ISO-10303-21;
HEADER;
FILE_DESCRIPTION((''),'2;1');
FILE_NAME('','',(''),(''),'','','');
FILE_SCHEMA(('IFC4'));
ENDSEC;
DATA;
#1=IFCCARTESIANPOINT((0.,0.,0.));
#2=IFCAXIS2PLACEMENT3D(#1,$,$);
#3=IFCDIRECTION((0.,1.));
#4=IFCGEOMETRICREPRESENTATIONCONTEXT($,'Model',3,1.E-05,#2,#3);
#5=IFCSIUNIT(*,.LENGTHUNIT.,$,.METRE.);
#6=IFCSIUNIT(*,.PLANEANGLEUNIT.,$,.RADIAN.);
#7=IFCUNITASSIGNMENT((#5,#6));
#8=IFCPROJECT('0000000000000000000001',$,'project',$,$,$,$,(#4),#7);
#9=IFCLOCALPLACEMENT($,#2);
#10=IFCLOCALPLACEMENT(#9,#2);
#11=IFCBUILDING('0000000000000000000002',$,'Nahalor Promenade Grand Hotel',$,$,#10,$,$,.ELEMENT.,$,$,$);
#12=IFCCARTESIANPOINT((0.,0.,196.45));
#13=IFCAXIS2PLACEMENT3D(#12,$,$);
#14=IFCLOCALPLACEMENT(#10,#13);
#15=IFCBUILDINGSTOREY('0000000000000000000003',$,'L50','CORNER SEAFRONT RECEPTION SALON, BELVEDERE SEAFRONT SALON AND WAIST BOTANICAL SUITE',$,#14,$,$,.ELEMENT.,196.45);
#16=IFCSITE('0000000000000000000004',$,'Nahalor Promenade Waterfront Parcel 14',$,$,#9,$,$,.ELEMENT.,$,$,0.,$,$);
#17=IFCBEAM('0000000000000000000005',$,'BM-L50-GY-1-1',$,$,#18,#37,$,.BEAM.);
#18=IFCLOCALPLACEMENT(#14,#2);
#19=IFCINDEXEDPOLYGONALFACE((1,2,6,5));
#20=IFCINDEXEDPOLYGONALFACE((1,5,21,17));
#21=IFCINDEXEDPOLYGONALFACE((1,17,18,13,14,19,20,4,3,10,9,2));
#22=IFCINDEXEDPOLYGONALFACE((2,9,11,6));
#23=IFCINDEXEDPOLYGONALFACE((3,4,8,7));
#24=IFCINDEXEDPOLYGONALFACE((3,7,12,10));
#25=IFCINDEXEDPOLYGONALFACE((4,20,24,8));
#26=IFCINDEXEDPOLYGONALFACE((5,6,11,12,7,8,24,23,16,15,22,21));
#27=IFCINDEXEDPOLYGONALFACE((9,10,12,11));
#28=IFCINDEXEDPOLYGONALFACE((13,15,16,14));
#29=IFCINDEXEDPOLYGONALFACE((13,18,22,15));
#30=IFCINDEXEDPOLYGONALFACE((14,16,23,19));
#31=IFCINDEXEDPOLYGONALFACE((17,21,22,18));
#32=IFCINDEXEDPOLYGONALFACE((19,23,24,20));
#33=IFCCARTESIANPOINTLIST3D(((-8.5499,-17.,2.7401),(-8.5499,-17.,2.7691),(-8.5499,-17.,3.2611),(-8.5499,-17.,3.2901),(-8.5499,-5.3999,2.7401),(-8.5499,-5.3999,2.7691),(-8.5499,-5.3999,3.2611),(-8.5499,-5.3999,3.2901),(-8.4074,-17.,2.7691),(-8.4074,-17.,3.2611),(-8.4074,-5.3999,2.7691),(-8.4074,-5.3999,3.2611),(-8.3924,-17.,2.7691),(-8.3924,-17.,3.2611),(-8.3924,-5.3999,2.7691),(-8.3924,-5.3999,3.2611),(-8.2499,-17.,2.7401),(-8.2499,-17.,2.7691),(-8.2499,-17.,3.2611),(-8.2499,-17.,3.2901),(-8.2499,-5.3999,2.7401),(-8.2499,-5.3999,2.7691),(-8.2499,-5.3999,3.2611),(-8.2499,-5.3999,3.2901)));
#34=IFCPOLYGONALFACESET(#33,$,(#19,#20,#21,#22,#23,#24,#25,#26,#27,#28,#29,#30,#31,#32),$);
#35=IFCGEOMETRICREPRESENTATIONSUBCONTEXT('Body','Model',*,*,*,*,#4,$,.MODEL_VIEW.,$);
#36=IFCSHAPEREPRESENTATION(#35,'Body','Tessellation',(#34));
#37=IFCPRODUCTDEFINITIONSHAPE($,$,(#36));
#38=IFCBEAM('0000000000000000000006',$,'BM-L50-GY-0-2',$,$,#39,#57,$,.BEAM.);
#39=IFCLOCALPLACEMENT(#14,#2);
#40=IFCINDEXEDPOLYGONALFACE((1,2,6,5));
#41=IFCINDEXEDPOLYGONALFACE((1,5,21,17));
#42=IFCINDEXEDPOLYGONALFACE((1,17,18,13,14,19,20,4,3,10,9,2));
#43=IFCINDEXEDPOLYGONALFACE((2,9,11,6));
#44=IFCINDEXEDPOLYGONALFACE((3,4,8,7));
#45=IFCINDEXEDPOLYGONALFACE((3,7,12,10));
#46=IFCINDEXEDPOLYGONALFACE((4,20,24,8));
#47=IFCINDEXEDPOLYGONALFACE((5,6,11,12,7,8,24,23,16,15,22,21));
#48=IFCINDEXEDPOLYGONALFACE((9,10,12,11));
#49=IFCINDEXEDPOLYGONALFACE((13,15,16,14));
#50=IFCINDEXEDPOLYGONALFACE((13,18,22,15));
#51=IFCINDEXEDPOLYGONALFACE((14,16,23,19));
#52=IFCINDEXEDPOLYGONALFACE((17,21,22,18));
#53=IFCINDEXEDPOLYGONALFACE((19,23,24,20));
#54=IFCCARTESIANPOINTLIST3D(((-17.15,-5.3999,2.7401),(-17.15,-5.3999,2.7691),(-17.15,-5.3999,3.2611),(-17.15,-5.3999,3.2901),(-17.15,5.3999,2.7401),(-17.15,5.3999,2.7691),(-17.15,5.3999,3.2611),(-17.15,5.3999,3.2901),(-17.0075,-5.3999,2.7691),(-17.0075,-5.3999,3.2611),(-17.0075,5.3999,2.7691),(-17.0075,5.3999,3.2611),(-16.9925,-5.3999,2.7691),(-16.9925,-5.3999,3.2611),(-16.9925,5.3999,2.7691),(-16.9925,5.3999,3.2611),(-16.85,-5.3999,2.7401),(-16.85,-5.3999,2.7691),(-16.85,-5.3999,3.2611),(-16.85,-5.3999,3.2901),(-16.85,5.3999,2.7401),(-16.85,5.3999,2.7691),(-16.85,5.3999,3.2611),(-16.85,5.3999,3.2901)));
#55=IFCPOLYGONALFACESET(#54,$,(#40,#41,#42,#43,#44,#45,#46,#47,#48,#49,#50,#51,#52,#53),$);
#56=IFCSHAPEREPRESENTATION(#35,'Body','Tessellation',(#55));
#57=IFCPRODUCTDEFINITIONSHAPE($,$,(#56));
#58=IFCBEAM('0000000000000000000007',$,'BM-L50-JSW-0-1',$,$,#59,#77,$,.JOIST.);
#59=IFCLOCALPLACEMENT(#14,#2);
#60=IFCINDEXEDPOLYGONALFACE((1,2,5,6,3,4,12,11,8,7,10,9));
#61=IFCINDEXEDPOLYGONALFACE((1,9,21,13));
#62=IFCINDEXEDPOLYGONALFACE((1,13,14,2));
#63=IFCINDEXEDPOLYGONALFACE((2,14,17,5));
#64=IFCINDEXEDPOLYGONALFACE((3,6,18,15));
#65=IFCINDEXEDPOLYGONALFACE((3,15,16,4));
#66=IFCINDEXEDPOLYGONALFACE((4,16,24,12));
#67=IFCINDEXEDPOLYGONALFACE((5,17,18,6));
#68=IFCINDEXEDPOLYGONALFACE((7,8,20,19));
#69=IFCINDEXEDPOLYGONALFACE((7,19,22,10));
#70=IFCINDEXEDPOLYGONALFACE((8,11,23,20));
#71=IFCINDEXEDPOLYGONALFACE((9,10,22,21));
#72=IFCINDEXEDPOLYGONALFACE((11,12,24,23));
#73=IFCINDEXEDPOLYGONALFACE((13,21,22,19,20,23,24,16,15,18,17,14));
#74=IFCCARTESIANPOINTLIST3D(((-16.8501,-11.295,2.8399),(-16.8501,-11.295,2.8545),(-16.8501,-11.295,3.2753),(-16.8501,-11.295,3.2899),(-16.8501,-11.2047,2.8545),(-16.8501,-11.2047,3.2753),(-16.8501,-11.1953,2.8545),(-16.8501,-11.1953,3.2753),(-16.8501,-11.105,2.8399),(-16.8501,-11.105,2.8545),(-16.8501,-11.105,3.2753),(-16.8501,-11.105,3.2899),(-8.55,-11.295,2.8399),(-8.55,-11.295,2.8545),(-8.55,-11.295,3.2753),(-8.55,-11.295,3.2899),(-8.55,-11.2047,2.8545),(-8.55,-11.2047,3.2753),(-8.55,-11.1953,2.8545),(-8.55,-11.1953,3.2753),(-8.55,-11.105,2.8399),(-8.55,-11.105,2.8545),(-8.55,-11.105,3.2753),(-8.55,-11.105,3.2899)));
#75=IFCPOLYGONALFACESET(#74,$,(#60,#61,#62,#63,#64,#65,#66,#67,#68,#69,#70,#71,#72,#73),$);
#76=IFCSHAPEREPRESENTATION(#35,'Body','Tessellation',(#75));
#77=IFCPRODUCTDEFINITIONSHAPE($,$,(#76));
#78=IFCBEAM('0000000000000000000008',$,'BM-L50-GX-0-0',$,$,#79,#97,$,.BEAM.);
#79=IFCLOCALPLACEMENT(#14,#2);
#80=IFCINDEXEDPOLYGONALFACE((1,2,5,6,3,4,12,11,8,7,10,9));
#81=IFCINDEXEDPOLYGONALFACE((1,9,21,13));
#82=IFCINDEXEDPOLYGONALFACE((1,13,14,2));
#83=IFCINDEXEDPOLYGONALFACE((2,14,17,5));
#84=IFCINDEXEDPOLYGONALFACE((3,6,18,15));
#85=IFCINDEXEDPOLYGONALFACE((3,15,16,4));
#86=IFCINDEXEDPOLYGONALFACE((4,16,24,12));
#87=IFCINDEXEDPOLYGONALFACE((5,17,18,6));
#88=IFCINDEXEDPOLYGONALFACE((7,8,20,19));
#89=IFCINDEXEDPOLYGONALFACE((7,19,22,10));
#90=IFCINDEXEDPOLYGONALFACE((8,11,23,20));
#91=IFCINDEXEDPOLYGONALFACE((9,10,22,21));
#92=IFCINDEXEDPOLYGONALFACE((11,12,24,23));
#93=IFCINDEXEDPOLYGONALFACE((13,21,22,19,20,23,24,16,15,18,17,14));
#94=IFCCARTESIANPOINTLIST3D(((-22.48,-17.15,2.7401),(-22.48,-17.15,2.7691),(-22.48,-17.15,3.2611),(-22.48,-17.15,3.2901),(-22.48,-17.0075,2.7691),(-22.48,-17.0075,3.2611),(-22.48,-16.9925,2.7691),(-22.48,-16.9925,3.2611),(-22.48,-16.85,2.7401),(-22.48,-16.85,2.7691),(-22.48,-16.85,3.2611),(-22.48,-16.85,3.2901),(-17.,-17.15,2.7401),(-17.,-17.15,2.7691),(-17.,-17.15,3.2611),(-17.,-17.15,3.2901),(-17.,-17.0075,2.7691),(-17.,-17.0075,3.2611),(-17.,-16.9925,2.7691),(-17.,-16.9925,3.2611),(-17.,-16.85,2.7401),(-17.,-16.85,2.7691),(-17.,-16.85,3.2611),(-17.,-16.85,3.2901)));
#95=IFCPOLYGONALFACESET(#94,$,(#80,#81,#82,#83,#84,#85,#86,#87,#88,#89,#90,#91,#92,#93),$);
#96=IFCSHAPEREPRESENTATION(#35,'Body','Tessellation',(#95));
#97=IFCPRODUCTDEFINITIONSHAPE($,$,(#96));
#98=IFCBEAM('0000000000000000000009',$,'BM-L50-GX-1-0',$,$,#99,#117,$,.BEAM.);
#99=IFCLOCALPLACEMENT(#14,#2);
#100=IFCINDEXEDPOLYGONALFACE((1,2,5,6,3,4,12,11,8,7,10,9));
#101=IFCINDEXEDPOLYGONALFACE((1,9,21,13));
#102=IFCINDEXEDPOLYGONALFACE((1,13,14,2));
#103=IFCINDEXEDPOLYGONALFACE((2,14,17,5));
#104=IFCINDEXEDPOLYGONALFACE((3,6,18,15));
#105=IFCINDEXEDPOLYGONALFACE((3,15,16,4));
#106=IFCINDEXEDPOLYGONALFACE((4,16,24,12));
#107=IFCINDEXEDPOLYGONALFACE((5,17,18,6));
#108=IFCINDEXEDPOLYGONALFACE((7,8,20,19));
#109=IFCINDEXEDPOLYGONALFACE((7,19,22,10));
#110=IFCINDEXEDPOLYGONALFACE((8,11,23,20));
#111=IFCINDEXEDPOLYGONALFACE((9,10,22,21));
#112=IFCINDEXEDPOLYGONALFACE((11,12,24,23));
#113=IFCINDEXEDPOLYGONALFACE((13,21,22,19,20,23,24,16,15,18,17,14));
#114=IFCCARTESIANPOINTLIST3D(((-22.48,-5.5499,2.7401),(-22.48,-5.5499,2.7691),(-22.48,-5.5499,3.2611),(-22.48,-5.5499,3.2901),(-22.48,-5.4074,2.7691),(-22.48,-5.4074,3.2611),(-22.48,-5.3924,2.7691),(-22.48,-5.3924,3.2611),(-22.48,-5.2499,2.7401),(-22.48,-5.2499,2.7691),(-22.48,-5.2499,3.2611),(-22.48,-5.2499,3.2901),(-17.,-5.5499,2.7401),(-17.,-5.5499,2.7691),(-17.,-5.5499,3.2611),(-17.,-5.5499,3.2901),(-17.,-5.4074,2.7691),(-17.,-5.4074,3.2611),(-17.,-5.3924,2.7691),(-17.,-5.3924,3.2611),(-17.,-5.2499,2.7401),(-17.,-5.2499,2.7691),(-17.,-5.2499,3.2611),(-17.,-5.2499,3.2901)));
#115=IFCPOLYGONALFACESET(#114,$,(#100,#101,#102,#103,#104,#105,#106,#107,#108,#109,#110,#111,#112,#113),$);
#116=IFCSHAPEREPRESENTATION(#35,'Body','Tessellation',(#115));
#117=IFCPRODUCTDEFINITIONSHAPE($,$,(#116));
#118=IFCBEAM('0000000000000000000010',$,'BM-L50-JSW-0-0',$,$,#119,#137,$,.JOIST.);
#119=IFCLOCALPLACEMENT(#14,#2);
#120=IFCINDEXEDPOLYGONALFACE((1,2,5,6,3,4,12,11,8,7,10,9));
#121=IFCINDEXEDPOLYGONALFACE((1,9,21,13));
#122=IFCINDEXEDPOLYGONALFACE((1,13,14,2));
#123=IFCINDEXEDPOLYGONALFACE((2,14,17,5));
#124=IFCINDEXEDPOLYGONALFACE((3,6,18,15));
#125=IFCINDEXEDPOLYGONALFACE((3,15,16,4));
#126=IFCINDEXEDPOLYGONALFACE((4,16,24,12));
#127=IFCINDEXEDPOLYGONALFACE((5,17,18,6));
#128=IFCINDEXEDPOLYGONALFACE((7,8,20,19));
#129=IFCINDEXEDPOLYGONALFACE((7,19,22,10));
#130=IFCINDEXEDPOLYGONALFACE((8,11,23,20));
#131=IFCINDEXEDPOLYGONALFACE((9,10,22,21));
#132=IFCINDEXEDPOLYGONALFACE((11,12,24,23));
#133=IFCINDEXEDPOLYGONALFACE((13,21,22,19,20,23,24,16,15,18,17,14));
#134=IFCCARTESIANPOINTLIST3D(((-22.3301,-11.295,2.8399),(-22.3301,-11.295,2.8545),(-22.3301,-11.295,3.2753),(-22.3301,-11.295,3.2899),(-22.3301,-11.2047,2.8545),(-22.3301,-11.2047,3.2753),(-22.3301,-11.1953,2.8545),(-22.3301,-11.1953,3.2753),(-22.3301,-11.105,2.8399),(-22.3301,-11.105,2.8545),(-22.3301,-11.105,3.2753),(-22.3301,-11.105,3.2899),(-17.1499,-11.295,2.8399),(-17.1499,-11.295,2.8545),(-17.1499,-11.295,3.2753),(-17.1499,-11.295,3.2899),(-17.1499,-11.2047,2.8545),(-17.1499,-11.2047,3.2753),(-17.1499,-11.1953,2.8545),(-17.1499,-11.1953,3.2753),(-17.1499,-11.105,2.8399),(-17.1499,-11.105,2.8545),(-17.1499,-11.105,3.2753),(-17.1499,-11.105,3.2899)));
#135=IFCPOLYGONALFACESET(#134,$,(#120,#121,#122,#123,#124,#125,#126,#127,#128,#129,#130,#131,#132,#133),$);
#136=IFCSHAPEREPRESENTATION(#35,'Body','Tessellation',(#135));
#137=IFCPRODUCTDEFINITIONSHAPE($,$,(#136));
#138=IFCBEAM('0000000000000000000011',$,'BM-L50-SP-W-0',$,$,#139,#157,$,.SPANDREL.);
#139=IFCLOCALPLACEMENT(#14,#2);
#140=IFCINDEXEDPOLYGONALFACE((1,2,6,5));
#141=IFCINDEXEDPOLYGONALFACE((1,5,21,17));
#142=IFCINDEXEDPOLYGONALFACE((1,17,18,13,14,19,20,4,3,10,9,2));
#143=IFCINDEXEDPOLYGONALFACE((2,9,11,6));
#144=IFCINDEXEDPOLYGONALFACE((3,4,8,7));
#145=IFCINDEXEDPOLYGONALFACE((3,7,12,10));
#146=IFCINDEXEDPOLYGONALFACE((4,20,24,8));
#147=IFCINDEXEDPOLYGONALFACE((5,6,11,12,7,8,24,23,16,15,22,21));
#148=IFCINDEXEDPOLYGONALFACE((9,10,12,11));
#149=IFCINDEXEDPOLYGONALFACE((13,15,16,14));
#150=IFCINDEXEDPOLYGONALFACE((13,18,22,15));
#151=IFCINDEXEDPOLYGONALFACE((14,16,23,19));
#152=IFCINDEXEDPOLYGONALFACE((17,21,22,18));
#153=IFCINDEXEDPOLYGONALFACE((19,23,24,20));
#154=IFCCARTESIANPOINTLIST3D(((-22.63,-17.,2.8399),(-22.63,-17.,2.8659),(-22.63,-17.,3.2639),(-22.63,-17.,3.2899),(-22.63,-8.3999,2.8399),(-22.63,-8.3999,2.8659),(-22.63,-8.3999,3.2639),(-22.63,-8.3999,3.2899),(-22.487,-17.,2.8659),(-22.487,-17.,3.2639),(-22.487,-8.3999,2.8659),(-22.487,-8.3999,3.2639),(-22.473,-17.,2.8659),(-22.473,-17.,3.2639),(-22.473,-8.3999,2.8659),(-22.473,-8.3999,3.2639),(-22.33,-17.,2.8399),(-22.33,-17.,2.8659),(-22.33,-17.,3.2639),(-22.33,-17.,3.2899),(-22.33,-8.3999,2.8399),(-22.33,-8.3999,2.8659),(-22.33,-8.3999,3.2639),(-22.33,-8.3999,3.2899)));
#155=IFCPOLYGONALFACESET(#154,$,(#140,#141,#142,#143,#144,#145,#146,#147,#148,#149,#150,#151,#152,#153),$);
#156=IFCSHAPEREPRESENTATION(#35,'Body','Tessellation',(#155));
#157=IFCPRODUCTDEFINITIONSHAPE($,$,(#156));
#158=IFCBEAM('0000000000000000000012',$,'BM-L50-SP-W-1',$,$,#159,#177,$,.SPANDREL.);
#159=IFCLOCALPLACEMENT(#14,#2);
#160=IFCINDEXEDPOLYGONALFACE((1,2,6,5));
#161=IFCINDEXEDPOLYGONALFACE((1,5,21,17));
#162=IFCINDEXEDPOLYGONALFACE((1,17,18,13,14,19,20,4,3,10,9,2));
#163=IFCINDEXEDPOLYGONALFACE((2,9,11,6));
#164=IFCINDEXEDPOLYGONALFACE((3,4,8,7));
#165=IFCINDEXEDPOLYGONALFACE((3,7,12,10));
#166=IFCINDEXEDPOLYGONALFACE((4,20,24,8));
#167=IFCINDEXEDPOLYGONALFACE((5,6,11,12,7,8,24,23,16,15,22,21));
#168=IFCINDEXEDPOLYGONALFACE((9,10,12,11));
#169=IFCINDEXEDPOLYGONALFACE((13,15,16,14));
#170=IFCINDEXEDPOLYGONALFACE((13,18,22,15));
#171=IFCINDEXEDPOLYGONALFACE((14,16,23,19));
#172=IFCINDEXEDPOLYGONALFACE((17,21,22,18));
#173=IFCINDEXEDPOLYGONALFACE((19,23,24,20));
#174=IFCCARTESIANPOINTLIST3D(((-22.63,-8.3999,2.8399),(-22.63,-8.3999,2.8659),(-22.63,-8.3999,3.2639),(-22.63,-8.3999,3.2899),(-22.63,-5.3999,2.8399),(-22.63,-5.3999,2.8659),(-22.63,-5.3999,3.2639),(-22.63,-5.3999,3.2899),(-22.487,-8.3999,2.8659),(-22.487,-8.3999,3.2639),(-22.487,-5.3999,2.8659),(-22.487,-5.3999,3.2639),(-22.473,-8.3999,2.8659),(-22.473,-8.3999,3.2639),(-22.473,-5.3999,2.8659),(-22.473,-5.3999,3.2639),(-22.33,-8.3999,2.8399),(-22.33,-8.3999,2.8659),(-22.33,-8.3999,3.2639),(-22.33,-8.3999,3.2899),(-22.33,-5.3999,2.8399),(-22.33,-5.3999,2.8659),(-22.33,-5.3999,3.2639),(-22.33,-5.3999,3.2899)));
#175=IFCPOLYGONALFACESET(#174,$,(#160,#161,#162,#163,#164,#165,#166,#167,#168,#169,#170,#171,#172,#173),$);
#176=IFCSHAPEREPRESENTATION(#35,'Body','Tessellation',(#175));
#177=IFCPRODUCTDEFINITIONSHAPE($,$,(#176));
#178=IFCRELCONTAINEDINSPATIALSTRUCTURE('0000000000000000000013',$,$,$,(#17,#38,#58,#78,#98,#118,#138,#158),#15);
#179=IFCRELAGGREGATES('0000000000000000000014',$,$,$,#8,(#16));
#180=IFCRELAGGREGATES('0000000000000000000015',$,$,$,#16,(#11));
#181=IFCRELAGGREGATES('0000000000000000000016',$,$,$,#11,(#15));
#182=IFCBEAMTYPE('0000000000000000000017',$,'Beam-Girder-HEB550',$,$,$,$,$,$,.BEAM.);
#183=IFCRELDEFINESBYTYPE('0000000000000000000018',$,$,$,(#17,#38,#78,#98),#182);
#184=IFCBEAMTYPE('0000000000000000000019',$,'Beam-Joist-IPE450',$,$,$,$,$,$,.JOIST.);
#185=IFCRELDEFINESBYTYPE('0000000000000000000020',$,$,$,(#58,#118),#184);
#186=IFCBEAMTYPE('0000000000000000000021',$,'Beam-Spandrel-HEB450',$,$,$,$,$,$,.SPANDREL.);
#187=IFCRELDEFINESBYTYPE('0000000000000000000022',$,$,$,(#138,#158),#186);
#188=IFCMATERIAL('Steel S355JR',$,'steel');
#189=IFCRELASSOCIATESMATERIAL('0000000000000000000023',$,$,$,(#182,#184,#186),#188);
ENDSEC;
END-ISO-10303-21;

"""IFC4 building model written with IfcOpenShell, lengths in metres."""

from ifc_helpers import new_model, si_unit, direction, frame, origin, origin_2d, place, context, subcontext, project, spatial, i_section, extrude, source, transform, mapped, material, material_profile, profile_set, type_object, element, save


model = new_model("IFC4")

# Units and contexts
model_context = context("Model", 3, precision=1e-05, world=origin(), true_north=direction((0.0, 1.0)))
body_context = subcontext(model_context, "Body", "Model", "MODEL_VIEW")
ifc_project = project(units=[si_unit("LENGTHUNIT", "METRE"), si_unit("PLANEANGLEUNIT", "RADIAN")], contexts=[model_context])

# Site, building, storey
site_placement = place(None, origin())
site = spatial("IfcSite", under=ifc_project, at=site_placement, Name="Nahalor Promenade Waterfront Parcel 14", CompositionType="ELEMENT", RefElevation=0.0)
building_placement = place(site_placement, origin())
building = spatial("IfcBuilding", under=site, at=building_placement, Name="Nahalor Promenade Grand Hotel", CompositionType="ELEMENT")
storey_placement = place(building_placement, frame((0.0, 0.0, 196.45)))
storey = spatial("IfcBuildingStorey", under=building, at=storey_placement, Name="L50", Description="CORNER SEAFRONT RECEPTION SALON, BELVEDERE SEAFRONT SALON AND WAIST BOTANICAL SUITE", CompositionType="ELEMENT", Elevation=196.45)

# Beams
ifc_material_1 = material(Name="Steel S355JR", Category="steel")
ifc_material_profile_1 = material_profile(ifc_material_1, i_section(OverallWidth=0.3, OverallDepth=0.55, WebThickness=0.015, FlangeThickness=0.029, at=origin_2d()), Name="HEB 550")
ifc_profile_set_1 = profile_set([ifc_material_profile_1], Name="Steel S355JR")
beam_type_1 = type_object("IfcBeamType", Name="Beam-Girder-HEB550", PredefinedType="BEAM", material=ifc_profile_set_1)
shared_shape_1 = source(origin(), body_context, "Body", "SweptSolid", [
    extrude(i_section(OverallWidth=0.3, OverallDepth=0.55, WebThickness=0.015, FlangeThickness=0.029, at=origin_2d()), origin(), (0.0, 0.0, 1.0), 11.6001),
])
for number, where, z_axis, x_axis, name in (
    (1, (-8.3999, -17.0, 3.0151), (0.0, 1.0, 0.0), (-1.0, 0.0, 0.0), "BM-L50-GY-1-1"),
):
    element("IfcBeam", number, at=place(storey_placement, frame(where, z_axis=z_axis, x_axis=x_axis)), inside=storey, type_object=beam_type_1, Name=name, PredefinedType="BEAM", context=body_context, shape_type="MappedRepresentation", body=[
        mapped(shared_shape_1, transform((0.0, 0.0, 0.0), scale=1.0)),
    ])
shared_shape_2 = source(origin(), body_context, "Body", "SweptSolid", [
    extrude(i_section(OverallWidth=0.3, OverallDepth=0.55, WebThickness=0.015, FlangeThickness=0.029, at=origin_2d()), origin(), (0.0, 0.0, 1.0), 10.7998),
])
beam_1_placement = place(storey_placement, frame((-17.0, -5.3999, 3.0151), z_axis=(0.0, 1.0, 0.0), x_axis=(-1.0, 0.0, 0.0)))
element("IfcBeam", 2, at=beam_1_placement, inside=storey, type_object=beam_type_1, Name="BM-L50-GY-0-2", PredefinedType="BEAM", context=body_context, shape_type="MappedRepresentation", body=[
    mapped(shared_shape_2, transform((0.0, 0.0, 0.0), scale=1.0)),
])
ifc_material_profile_2 = material_profile(ifc_material_1, i_section(OverallWidth=0.19, OverallDepth=0.45, WebThickness=0.0094, FlangeThickness=0.0146, at=origin_2d()), Name="IPE 450")
ifc_profile_set_2 = profile_set([ifc_material_profile_2], Name="Steel S355JR")
beam_type_2 = type_object("IfcBeamType", Name="Beam-Joist-IPE450", PredefinedType="JOIST", material=ifc_profile_set_2)
shared_shape_3 = source(origin(), body_context, "Body", "SweptSolid", [
    extrude(i_section(OverallWidth=0.19, OverallDepth=0.45, WebThickness=0.0094, FlangeThickness=0.0146, at=origin_2d()), origin(), (0.0, 0.0, 1.0), 8.3),
])
beam_2_placement = place(storey_placement, frame((-16.8501, -11.2, 3.0649), z_axis=(1.0, 0.0, 0.0), x_axis=(0.0, 1.0, 0.0)))
element("IfcBeam", 3, at=beam_2_placement, inside=storey, type_object=beam_type_2, Name="BM-L50-JSW-0-1", PredefinedType="JOIST", context=body_context, shape_type="MappedRepresentation", body=[
    mapped(shared_shape_3, transform((0.0, 0.0, 0.0), scale=1.0)),
])
shared_shape_4 = source(origin(), body_context, "Body", "SweptSolid", [
    extrude(i_section(OverallWidth=0.3, OverallDepth=0.55, WebThickness=0.015, FlangeThickness=0.029, at=origin_2d()), origin(), (0.0, 0.0, 1.0), 5.48),
])
for number, where, z_axis, x_axis, name in (
    (4, (-22.48, -17.0, 3.0151), (1.0, 0.0, 0.0), (0.0, 1.0, 0.0), "BM-L50-GX-0-0"),
    (5, (-22.48, -5.3999, 3.0151), (1.0, 0.0, 0.0), (0.0, 1.0, 0.0), "BM-L50-GX-1-0"),
):
    element("IfcBeam", number, at=place(storey_placement, frame(where, z_axis=z_axis, x_axis=x_axis)), inside=storey, type_object=beam_type_1, Name=name, PredefinedType="BEAM", context=body_context, shape_type="MappedRepresentation", body=[
        mapped(shared_shape_4, transform((0.0, 0.0, 0.0), scale=1.0)),
    ])
shared_shape_5 = source(origin(), body_context, "Body", "SweptSolid", [
    extrude(i_section(OverallWidth=0.19, OverallDepth=0.45, WebThickness=0.0094, FlangeThickness=0.0146, at=origin_2d()), origin(), (0.0, 0.0, 1.0), 5.1802),
])
beam_3_placement = place(storey_placement, frame((-22.3301, -11.2, 3.0649), z_axis=(1.0, 0.0, 0.0), x_axis=(0.0, 1.0, 0.0)))
element("IfcBeam", 6, at=beam_3_placement, inside=storey, type_object=beam_type_2, Name="BM-L50-JSW-0-0", PredefinedType="JOIST", context=body_context, shape_type="MappedRepresentation", body=[
    mapped(shared_shape_5, transform((0.0, 0.0, 0.0), scale=1.0)),
])
ifc_material_profile_3 = material_profile(ifc_material_1, i_section(OverallWidth=0.3, OverallDepth=0.45, WebThickness=0.014, FlangeThickness=0.026, at=origin_2d()), Name="HEB 450")
ifc_profile_set_3 = profile_set([ifc_material_profile_3], Name="Steel S355JR")
beam_type_3 = type_object("IfcBeamType", Name="Beam-Spandrel-HEB450", PredefinedType="SPANDREL", material=ifc_profile_set_3)
shared_shape_6 = source(origin(), body_context, "Body", "SweptSolid", [
    extrude(i_section(OverallWidth=0.3, OverallDepth=0.45, WebThickness=0.014, FlangeThickness=0.026, at=origin_2d()), origin(), (0.0, 0.0, 1.0), 8.6001),
])
beam_4_placement = place(storey_placement, frame((-22.48, -17.0, 3.0649), z_axis=(0.0, 1.0, 0.0), x_axis=(-1.0, 0.0, 0.0)))
element("IfcBeam", 7, at=beam_4_placement, inside=storey, type_object=beam_type_3, Name="BM-L50-SP-W-0", PredefinedType="SPANDREL", context=body_context, shape_type="MappedRepresentation", body=[
    mapped(shared_shape_6, transform((0.0, 0.0, 0.0), scale=1.0)),
])
shared_shape_7 = source(origin(), body_context, "Body", "SweptSolid", [
    extrude(i_section(OverallWidth=0.3, OverallDepth=0.45, WebThickness=0.014, FlangeThickness=0.026, at=origin_2d()), origin(), (0.0, 0.0, 1.0), 3.0),
])
beam_5_placement = place(storey_placement, frame((-22.48, -8.3999, 3.0649), z_axis=(0.0, 1.0, 0.0), x_axis=(-1.0, 0.0, 0.0)))
element("IfcBeam", 8, at=beam_5_placement, inside=storey, type_object=beam_type_3, Name="BM-L50-SP-W-1", PredefinedType="SPANDREL", context=body_context, shape_type="MappedRepresentation", body=[
    mapped(shared_shape_7, transform((0.0, 0.0, 0.0), scale=1.0)),
])

save(model, "model.ifc")
